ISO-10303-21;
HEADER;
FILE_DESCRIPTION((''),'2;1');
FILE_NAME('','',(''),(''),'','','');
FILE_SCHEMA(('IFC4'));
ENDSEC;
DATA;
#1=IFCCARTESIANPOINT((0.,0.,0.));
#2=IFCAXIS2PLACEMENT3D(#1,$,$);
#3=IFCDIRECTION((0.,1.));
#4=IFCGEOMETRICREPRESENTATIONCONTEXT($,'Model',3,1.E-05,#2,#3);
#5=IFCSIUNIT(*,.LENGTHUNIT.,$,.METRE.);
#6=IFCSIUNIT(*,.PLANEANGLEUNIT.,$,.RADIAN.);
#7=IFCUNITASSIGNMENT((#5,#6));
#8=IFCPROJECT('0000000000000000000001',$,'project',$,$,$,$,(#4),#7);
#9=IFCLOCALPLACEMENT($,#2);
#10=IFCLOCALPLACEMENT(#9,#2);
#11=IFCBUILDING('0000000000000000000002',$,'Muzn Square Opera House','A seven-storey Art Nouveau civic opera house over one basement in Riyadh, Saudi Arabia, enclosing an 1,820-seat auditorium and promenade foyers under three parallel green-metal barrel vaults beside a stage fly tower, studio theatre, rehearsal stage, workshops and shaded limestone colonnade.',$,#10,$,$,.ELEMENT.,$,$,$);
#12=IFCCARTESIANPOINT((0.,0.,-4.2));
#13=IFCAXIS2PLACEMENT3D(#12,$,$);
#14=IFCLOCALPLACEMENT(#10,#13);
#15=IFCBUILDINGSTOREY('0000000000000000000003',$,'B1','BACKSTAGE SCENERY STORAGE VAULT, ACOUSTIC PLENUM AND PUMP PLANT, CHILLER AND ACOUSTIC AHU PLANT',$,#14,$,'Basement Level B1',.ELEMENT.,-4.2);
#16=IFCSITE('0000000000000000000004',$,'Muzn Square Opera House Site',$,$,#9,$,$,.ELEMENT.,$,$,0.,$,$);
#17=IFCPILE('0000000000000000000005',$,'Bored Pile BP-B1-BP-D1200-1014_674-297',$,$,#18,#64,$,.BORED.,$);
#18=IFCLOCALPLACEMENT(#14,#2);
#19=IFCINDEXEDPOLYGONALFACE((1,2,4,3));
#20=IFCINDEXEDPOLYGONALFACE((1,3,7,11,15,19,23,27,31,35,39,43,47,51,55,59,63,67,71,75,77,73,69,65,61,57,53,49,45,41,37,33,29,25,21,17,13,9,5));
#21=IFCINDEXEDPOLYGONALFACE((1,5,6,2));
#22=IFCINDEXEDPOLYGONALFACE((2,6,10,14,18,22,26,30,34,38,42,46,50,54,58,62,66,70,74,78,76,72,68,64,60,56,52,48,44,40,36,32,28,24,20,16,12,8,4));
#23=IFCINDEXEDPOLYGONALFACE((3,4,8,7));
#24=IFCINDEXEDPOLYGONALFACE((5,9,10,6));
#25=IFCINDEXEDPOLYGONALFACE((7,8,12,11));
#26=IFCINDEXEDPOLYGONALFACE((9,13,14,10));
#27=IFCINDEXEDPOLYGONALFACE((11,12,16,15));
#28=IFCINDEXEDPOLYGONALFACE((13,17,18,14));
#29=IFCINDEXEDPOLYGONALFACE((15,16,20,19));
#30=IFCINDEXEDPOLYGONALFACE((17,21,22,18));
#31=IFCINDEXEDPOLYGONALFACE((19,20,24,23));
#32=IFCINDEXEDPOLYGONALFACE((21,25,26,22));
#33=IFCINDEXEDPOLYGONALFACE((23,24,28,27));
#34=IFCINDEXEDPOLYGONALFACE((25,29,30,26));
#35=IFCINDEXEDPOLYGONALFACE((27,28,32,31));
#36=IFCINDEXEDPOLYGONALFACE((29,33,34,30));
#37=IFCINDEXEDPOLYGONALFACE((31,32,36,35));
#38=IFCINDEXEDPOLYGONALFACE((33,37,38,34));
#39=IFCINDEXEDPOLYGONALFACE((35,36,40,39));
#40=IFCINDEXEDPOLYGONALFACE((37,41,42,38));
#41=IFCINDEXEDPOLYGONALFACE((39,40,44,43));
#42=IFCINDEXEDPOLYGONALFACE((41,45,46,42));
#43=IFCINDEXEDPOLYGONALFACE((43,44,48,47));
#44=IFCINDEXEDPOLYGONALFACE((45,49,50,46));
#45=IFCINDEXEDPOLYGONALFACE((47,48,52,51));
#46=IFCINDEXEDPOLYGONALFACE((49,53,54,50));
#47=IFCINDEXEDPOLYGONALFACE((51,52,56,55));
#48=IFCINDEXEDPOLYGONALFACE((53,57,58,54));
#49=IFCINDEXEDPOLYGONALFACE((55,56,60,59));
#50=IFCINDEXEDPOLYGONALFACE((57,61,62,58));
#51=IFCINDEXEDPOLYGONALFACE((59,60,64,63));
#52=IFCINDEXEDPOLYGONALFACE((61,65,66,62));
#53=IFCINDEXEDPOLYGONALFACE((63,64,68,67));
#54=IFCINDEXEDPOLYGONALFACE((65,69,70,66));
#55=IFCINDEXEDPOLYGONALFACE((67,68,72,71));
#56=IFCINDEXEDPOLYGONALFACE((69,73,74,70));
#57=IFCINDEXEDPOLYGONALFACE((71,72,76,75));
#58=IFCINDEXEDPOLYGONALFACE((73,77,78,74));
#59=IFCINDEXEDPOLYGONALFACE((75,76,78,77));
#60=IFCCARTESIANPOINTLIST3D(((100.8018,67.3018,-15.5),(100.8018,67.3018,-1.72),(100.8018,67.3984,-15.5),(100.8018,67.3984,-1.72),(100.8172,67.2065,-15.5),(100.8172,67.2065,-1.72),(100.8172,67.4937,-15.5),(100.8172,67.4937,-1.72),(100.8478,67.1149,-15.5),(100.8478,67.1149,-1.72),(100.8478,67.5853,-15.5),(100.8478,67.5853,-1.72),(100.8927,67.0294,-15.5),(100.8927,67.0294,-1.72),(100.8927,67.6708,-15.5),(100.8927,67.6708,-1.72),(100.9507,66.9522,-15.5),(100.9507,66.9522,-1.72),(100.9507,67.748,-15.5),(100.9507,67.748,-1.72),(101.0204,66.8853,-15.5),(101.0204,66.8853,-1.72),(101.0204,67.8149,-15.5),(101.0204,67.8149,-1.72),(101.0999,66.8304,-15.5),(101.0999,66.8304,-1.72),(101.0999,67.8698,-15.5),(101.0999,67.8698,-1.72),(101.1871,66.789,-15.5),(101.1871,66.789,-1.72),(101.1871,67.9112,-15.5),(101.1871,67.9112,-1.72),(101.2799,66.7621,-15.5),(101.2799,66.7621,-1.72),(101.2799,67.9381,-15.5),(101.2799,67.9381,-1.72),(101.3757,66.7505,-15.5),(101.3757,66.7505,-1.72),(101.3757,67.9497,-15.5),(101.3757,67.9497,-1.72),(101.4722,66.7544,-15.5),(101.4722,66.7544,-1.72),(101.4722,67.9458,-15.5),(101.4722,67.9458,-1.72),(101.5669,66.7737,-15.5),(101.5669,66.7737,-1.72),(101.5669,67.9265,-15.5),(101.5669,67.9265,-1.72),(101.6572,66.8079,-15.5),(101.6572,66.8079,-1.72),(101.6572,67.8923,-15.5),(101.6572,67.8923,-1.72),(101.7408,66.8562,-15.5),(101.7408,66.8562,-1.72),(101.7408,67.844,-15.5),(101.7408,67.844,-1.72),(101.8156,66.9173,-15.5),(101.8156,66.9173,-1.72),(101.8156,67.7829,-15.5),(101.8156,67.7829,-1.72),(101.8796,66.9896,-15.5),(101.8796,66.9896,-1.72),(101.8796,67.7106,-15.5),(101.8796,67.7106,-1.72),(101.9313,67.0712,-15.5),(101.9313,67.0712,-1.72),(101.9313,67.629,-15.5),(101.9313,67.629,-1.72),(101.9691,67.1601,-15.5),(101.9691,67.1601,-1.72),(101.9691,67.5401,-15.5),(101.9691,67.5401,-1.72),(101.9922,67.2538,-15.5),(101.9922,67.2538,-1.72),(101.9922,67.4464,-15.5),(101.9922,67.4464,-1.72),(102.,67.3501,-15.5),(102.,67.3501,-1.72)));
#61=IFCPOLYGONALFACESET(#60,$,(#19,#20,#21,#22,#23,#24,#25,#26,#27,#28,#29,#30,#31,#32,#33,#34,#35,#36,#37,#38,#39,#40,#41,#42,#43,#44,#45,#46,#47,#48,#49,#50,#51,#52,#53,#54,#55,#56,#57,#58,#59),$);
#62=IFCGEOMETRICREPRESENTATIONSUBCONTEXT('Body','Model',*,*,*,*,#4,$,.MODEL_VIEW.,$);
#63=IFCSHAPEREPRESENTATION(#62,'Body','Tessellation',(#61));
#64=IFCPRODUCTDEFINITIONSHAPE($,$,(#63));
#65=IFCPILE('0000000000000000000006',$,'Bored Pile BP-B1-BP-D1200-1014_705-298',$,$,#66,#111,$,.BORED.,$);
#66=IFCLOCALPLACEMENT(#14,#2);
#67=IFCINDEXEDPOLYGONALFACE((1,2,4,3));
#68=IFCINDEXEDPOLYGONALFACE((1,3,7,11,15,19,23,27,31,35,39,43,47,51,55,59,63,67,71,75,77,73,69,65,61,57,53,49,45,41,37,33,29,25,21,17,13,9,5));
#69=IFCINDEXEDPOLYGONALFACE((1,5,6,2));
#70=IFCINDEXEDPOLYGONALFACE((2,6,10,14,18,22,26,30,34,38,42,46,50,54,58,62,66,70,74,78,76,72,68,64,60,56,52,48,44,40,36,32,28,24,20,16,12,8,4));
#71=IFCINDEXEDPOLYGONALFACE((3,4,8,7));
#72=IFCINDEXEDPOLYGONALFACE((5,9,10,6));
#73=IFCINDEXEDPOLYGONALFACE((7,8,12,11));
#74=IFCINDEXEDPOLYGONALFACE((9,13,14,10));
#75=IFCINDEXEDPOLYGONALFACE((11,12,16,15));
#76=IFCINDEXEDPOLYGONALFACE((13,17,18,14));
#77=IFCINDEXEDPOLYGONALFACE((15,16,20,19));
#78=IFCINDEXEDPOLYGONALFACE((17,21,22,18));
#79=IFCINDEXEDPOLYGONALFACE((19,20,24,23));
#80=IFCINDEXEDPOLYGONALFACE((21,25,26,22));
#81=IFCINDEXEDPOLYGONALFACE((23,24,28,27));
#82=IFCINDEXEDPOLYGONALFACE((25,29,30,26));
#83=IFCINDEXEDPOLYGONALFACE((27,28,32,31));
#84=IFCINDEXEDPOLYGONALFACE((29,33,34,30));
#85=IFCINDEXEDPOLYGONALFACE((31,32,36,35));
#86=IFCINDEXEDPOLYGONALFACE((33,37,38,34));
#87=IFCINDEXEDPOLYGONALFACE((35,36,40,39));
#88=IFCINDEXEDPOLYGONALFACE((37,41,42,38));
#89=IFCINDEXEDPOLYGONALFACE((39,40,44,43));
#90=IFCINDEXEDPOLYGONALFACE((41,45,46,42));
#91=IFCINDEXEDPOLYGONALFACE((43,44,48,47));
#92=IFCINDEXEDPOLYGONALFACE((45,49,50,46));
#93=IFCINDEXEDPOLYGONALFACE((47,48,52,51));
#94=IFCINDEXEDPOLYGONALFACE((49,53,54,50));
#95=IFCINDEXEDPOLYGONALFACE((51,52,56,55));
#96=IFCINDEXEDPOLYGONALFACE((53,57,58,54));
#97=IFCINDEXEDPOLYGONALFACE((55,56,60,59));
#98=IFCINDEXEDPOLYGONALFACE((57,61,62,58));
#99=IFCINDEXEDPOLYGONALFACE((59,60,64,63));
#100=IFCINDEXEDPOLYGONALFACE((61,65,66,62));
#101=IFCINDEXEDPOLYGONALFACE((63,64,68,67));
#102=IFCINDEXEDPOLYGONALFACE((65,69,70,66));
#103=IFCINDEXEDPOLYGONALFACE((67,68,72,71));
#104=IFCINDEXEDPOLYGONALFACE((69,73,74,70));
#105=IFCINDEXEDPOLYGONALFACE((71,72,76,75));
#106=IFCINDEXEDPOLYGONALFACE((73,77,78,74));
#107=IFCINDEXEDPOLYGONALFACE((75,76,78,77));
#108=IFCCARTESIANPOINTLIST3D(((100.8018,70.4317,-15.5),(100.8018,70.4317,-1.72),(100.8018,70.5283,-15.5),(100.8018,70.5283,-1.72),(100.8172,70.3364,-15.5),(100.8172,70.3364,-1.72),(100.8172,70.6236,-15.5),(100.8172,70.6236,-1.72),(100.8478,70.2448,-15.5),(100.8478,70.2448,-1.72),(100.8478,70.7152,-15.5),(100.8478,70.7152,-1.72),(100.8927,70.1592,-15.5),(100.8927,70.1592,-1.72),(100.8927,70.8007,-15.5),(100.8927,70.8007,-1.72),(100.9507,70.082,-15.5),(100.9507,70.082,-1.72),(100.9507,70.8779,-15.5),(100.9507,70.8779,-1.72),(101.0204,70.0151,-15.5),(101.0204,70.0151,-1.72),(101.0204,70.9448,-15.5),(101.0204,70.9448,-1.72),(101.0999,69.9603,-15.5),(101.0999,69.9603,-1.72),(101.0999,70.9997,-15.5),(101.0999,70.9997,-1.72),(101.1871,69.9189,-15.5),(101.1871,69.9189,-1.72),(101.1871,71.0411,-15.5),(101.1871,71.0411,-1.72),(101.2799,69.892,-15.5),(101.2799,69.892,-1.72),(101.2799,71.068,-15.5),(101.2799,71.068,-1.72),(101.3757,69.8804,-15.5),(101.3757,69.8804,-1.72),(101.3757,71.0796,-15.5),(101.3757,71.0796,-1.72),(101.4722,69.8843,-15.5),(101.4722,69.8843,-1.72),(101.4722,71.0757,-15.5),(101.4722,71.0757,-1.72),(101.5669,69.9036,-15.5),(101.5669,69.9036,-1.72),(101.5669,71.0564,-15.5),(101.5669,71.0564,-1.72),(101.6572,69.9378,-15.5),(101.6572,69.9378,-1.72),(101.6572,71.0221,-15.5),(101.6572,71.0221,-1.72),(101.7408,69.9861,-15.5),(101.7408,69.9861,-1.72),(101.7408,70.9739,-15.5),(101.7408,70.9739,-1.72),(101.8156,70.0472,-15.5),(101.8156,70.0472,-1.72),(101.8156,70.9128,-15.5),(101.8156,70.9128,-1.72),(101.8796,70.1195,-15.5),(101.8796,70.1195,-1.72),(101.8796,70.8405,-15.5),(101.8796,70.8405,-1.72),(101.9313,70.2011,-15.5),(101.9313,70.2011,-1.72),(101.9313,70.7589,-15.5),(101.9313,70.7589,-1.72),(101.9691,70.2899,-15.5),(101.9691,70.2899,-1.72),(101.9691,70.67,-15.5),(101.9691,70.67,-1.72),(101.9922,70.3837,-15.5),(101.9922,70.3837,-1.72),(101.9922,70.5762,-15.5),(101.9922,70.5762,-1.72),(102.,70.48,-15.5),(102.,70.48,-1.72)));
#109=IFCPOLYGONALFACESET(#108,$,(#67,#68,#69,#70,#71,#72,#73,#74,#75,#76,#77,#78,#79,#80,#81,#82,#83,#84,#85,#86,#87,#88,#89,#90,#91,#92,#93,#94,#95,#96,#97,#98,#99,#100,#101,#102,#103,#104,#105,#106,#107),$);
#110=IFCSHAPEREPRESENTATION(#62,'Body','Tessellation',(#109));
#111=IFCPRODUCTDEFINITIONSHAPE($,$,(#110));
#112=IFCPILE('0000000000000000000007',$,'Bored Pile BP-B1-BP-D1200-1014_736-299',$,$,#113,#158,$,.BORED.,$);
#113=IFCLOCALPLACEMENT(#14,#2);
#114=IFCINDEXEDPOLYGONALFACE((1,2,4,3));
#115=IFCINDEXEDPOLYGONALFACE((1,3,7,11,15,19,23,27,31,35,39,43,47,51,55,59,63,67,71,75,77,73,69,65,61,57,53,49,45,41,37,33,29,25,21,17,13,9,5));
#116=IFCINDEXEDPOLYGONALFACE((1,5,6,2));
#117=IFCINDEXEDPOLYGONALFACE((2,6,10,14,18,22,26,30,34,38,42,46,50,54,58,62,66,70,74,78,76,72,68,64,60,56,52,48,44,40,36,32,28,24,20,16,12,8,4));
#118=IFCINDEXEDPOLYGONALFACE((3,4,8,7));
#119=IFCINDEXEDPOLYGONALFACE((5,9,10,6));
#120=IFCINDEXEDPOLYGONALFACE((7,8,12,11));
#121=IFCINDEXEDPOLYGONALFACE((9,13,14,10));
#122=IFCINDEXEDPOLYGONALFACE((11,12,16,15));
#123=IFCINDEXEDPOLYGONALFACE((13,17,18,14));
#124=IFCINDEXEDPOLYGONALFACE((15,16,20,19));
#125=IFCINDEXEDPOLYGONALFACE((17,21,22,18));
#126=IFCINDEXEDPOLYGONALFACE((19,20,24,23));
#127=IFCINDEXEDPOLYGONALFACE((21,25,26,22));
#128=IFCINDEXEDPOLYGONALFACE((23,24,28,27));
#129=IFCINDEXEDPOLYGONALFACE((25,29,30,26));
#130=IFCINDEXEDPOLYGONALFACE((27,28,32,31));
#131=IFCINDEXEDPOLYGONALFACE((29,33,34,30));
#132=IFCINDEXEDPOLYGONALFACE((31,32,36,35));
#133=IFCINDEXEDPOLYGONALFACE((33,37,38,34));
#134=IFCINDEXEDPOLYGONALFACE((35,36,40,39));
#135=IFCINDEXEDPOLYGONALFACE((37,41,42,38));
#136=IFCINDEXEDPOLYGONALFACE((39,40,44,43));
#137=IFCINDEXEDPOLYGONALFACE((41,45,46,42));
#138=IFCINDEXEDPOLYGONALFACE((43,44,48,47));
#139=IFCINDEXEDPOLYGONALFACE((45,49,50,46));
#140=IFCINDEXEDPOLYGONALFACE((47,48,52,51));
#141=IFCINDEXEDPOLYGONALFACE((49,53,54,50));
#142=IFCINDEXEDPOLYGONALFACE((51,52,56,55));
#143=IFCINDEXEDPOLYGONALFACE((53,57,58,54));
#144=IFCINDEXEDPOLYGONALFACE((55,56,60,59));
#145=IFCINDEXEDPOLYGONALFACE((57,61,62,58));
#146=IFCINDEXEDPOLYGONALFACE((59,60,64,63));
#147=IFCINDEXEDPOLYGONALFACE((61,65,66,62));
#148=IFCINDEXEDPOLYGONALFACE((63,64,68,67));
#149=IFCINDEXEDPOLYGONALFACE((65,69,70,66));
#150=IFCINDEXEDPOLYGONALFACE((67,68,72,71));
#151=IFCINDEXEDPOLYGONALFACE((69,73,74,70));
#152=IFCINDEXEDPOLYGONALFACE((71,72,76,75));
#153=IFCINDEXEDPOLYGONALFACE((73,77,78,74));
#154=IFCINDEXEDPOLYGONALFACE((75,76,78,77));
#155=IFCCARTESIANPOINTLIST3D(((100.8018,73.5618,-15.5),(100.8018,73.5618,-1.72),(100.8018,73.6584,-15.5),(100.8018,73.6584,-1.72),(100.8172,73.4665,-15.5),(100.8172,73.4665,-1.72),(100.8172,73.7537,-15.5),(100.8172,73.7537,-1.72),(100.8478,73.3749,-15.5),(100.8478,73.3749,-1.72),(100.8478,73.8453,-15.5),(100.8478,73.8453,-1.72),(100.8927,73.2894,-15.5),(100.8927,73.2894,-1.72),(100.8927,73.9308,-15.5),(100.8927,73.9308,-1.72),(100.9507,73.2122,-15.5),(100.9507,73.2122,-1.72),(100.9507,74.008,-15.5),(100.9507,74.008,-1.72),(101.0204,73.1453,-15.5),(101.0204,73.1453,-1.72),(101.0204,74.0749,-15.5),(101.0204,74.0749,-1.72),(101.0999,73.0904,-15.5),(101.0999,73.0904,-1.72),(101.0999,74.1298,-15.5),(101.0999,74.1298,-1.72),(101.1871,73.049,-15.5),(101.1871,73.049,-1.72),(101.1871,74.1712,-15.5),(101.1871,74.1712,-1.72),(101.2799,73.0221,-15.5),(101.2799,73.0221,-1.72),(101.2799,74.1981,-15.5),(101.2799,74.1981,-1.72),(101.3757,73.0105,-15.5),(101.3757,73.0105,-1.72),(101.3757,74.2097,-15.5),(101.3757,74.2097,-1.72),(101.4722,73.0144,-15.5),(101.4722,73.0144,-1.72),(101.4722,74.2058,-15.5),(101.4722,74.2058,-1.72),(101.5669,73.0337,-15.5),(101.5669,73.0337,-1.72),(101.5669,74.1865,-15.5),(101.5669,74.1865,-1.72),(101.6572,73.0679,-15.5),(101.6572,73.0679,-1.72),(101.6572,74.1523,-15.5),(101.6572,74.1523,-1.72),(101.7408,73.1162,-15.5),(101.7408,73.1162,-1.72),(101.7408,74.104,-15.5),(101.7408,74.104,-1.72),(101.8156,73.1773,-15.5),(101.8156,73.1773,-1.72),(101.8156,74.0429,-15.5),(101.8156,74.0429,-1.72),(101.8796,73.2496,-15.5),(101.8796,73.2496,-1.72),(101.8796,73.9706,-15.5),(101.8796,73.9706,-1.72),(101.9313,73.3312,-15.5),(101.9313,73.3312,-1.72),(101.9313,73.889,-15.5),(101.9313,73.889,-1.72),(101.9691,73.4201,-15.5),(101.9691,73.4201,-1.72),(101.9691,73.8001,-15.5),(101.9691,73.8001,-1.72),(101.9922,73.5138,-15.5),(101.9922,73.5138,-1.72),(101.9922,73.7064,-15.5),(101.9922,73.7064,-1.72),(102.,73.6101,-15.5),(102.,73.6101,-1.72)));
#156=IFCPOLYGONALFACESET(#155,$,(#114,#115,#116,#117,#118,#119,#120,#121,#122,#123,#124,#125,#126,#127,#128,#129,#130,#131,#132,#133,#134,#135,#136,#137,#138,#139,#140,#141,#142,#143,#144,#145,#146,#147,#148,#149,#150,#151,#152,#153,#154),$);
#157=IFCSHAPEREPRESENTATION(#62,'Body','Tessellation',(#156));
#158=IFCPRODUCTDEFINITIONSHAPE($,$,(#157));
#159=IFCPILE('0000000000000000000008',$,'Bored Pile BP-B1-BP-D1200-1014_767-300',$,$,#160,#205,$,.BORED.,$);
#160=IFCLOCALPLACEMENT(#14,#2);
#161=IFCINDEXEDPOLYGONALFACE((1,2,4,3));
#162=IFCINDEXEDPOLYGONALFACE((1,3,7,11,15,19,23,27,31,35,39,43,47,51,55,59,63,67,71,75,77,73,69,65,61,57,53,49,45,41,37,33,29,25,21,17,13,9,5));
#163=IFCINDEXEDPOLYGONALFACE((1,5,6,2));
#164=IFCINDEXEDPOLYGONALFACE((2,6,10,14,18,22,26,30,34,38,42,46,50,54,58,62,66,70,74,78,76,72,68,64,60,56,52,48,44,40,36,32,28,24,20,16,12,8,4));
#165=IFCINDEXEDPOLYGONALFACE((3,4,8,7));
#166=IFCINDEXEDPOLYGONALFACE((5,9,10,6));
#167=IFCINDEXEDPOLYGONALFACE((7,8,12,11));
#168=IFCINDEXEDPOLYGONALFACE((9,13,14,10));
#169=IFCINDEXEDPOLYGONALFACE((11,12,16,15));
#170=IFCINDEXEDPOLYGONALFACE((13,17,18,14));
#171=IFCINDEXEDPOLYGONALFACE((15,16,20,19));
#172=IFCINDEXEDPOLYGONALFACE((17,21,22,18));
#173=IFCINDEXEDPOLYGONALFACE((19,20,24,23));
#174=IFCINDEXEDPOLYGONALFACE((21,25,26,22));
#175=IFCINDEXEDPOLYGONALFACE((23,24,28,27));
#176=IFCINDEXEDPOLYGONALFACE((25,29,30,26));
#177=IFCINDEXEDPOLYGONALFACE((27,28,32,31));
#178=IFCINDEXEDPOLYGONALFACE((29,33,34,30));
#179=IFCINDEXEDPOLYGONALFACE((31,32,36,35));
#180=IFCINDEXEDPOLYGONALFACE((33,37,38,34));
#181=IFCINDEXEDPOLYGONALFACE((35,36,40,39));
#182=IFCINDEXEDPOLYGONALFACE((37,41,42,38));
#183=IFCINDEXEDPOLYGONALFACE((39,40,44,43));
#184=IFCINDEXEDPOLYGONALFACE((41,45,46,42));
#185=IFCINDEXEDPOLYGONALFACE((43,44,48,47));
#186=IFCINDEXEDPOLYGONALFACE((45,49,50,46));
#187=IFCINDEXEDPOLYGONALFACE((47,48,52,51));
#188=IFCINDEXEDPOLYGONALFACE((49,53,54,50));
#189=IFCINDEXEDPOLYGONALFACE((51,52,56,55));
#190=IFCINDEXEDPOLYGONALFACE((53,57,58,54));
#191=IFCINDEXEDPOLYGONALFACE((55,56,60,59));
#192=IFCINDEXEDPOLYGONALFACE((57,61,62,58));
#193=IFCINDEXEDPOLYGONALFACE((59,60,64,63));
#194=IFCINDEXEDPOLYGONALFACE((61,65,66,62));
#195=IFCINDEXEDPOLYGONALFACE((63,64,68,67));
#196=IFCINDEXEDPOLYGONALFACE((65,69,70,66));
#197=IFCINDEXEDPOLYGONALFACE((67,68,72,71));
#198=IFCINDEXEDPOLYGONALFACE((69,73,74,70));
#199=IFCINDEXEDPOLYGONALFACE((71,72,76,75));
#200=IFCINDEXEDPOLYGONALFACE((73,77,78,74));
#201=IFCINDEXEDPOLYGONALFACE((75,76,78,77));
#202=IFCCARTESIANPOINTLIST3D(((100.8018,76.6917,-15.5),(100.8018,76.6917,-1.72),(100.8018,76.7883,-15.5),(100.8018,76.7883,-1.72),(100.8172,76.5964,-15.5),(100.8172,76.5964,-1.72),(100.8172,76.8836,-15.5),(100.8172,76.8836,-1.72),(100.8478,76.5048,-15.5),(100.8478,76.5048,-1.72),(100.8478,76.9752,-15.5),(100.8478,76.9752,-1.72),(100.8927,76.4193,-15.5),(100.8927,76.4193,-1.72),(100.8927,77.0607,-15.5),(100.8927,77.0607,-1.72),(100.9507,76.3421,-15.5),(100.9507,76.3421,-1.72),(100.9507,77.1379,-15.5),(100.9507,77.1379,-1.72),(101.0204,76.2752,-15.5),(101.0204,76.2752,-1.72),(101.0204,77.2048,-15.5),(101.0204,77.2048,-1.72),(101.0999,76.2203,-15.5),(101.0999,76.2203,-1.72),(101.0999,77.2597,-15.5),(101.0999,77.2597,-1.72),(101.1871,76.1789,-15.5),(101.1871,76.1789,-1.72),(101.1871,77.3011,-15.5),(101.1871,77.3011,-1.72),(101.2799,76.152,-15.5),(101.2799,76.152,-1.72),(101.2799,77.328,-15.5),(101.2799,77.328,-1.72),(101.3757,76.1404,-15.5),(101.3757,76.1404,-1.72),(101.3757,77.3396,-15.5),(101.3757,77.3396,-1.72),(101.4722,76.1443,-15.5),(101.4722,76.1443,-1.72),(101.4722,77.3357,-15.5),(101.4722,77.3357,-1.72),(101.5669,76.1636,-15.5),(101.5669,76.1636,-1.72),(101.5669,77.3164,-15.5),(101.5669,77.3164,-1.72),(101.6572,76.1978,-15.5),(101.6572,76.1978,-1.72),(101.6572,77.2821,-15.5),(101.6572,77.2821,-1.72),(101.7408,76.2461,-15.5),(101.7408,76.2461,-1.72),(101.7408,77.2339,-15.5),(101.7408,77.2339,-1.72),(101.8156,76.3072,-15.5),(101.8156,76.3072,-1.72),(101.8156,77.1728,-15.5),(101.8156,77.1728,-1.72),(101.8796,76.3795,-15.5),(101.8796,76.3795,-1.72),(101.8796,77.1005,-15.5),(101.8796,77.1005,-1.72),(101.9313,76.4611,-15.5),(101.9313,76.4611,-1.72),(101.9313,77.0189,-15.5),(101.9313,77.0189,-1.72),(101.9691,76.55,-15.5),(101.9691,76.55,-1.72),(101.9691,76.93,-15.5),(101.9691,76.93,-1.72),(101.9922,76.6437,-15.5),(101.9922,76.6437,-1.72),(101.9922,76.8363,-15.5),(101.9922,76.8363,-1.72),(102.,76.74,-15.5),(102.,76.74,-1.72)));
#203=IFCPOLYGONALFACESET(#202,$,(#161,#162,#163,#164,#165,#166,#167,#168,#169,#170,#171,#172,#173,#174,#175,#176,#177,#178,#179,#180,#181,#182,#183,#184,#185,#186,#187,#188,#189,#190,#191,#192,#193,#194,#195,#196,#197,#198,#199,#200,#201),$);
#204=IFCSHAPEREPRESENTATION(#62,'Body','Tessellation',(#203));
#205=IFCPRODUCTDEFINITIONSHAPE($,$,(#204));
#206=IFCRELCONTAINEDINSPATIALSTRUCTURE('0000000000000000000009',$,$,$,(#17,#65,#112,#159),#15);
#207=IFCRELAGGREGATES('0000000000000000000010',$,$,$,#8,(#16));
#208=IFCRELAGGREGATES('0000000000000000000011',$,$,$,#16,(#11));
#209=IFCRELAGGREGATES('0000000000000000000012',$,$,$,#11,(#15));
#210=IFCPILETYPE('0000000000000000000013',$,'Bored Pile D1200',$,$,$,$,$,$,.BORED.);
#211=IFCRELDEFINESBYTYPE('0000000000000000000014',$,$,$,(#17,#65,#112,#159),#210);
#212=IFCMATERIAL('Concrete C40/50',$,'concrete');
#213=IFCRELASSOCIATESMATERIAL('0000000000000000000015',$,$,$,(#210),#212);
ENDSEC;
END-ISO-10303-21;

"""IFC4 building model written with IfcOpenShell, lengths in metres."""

from ifc_helpers import new_model, si_unit, direction, frame, origin, origin_2d, place, context, subcontext, project, spatial, circle, extrude, material, material_profile, profile_set, type_object, element, save


model = new_model("IFC4")

# Units and contexts
model_context = context("Model", 3, precision=1e-05, world=origin(), true_north=direction((0.0, 1.0)))
body_context = subcontext(model_context, "Body", "Model", "MODEL_VIEW")
ifc_project = project(units=[si_unit("LENGTHUNIT", "METRE"), si_unit("PLANEANGLEUNIT", "RADIAN")], contexts=[model_context])

# Site, building, storey
site_placement = place(None, origin())
site = spatial("IfcSite", under=ifc_project, at=site_placement, Name="Muzn Square Opera House Site", CompositionType="ELEMENT", RefElevation=0.0)
building_placement = place(site_placement, origin())
building = spatial("IfcBuilding", under=site, at=building_placement, Name="Muzn Square Opera House", Description="A seven-storey Art Nouveau civic opera house over one basement in Riyadh, Saudi Arabia, enclosing an 1,820-seat auditorium and promenade foyers under three parallel green-metal barrel vaults beside a stage fly tower, studio theatre, rehearsal stage, workshops and shaded limestone colonnade.", CompositionType="ELEMENT")
storey_placement = place(building_placement, frame((0.0, 0.0, -4.2)))
storey = spatial("IfcBuildingStorey", under=building, at=storey_placement, Name="B1", Description="BACKSTAGE SCENERY STORAGE VAULT, ACOUSTIC PLENUM AND PUMP PLANT, CHILLER AND ACOUSTIC AHU PLANT", LongName="Basement Level B1", CompositionType="ELEMENT", Elevation=-4.2)

# Piles
ifc_material_1 = material(Name="Concrete C40/50", Category="concrete")
ifc_material_profile_1 = material_profile(ifc_material_1, circle(Radius=0.6001, at=origin_2d()), Name="BORED PILE D1200", Category="concrete")
ifc_profile_set_1 = profile_set([ifc_material_profile_1], Name="Concrete C40/50")
pile_type = type_object("IfcPileType", Name="Bored Pile D1200", PredefinedType="BORED", material=ifc_profile_set_1)
for number, where, z_axis, x_axis, name in (
    (1, (101.3999, 67.3501, -1.72), (0.0, 0.0, -1.0), (1.0, 0.0, 0.0), "Bored Pile BP-B1-BP-D1200-1014_674-297"),
    (2, (101.3999, 70.48, -1.72), (0.0, 0.0, -1.0), (1.0, 0.0, 0.0), "Bored Pile BP-B1-BP-D1200-1014_705-298"),
    (3, (101.3999, 73.6101, -1.72), (0.0, 0.0, -1.0), (1.0, 0.0, 0.0), "Bored Pile BP-B1-BP-D1200-1014_736-299"),
    (4, (101.3999, 76.74, -1.72), (0.0, 0.0, -1.0), (1.0, 0.0, 0.0), "Bored Pile BP-B1-BP-D1200-1014_767-300"),
):
    element("IfcPile", number, at=place(storey_placement, frame(where, z_axis=z_axis, x_axis=x_axis)), inside=storey, type_object=pile_type, Name=name, PredefinedType="BORED", context=body_context, shape_type="SweptSolid", body=[
        extrude(circle(Radius=0.6001, at=origin_2d()), origin(), (0.0, 0.0, 1.0), 13.78),
    ])

save(model, "model.ifc")
